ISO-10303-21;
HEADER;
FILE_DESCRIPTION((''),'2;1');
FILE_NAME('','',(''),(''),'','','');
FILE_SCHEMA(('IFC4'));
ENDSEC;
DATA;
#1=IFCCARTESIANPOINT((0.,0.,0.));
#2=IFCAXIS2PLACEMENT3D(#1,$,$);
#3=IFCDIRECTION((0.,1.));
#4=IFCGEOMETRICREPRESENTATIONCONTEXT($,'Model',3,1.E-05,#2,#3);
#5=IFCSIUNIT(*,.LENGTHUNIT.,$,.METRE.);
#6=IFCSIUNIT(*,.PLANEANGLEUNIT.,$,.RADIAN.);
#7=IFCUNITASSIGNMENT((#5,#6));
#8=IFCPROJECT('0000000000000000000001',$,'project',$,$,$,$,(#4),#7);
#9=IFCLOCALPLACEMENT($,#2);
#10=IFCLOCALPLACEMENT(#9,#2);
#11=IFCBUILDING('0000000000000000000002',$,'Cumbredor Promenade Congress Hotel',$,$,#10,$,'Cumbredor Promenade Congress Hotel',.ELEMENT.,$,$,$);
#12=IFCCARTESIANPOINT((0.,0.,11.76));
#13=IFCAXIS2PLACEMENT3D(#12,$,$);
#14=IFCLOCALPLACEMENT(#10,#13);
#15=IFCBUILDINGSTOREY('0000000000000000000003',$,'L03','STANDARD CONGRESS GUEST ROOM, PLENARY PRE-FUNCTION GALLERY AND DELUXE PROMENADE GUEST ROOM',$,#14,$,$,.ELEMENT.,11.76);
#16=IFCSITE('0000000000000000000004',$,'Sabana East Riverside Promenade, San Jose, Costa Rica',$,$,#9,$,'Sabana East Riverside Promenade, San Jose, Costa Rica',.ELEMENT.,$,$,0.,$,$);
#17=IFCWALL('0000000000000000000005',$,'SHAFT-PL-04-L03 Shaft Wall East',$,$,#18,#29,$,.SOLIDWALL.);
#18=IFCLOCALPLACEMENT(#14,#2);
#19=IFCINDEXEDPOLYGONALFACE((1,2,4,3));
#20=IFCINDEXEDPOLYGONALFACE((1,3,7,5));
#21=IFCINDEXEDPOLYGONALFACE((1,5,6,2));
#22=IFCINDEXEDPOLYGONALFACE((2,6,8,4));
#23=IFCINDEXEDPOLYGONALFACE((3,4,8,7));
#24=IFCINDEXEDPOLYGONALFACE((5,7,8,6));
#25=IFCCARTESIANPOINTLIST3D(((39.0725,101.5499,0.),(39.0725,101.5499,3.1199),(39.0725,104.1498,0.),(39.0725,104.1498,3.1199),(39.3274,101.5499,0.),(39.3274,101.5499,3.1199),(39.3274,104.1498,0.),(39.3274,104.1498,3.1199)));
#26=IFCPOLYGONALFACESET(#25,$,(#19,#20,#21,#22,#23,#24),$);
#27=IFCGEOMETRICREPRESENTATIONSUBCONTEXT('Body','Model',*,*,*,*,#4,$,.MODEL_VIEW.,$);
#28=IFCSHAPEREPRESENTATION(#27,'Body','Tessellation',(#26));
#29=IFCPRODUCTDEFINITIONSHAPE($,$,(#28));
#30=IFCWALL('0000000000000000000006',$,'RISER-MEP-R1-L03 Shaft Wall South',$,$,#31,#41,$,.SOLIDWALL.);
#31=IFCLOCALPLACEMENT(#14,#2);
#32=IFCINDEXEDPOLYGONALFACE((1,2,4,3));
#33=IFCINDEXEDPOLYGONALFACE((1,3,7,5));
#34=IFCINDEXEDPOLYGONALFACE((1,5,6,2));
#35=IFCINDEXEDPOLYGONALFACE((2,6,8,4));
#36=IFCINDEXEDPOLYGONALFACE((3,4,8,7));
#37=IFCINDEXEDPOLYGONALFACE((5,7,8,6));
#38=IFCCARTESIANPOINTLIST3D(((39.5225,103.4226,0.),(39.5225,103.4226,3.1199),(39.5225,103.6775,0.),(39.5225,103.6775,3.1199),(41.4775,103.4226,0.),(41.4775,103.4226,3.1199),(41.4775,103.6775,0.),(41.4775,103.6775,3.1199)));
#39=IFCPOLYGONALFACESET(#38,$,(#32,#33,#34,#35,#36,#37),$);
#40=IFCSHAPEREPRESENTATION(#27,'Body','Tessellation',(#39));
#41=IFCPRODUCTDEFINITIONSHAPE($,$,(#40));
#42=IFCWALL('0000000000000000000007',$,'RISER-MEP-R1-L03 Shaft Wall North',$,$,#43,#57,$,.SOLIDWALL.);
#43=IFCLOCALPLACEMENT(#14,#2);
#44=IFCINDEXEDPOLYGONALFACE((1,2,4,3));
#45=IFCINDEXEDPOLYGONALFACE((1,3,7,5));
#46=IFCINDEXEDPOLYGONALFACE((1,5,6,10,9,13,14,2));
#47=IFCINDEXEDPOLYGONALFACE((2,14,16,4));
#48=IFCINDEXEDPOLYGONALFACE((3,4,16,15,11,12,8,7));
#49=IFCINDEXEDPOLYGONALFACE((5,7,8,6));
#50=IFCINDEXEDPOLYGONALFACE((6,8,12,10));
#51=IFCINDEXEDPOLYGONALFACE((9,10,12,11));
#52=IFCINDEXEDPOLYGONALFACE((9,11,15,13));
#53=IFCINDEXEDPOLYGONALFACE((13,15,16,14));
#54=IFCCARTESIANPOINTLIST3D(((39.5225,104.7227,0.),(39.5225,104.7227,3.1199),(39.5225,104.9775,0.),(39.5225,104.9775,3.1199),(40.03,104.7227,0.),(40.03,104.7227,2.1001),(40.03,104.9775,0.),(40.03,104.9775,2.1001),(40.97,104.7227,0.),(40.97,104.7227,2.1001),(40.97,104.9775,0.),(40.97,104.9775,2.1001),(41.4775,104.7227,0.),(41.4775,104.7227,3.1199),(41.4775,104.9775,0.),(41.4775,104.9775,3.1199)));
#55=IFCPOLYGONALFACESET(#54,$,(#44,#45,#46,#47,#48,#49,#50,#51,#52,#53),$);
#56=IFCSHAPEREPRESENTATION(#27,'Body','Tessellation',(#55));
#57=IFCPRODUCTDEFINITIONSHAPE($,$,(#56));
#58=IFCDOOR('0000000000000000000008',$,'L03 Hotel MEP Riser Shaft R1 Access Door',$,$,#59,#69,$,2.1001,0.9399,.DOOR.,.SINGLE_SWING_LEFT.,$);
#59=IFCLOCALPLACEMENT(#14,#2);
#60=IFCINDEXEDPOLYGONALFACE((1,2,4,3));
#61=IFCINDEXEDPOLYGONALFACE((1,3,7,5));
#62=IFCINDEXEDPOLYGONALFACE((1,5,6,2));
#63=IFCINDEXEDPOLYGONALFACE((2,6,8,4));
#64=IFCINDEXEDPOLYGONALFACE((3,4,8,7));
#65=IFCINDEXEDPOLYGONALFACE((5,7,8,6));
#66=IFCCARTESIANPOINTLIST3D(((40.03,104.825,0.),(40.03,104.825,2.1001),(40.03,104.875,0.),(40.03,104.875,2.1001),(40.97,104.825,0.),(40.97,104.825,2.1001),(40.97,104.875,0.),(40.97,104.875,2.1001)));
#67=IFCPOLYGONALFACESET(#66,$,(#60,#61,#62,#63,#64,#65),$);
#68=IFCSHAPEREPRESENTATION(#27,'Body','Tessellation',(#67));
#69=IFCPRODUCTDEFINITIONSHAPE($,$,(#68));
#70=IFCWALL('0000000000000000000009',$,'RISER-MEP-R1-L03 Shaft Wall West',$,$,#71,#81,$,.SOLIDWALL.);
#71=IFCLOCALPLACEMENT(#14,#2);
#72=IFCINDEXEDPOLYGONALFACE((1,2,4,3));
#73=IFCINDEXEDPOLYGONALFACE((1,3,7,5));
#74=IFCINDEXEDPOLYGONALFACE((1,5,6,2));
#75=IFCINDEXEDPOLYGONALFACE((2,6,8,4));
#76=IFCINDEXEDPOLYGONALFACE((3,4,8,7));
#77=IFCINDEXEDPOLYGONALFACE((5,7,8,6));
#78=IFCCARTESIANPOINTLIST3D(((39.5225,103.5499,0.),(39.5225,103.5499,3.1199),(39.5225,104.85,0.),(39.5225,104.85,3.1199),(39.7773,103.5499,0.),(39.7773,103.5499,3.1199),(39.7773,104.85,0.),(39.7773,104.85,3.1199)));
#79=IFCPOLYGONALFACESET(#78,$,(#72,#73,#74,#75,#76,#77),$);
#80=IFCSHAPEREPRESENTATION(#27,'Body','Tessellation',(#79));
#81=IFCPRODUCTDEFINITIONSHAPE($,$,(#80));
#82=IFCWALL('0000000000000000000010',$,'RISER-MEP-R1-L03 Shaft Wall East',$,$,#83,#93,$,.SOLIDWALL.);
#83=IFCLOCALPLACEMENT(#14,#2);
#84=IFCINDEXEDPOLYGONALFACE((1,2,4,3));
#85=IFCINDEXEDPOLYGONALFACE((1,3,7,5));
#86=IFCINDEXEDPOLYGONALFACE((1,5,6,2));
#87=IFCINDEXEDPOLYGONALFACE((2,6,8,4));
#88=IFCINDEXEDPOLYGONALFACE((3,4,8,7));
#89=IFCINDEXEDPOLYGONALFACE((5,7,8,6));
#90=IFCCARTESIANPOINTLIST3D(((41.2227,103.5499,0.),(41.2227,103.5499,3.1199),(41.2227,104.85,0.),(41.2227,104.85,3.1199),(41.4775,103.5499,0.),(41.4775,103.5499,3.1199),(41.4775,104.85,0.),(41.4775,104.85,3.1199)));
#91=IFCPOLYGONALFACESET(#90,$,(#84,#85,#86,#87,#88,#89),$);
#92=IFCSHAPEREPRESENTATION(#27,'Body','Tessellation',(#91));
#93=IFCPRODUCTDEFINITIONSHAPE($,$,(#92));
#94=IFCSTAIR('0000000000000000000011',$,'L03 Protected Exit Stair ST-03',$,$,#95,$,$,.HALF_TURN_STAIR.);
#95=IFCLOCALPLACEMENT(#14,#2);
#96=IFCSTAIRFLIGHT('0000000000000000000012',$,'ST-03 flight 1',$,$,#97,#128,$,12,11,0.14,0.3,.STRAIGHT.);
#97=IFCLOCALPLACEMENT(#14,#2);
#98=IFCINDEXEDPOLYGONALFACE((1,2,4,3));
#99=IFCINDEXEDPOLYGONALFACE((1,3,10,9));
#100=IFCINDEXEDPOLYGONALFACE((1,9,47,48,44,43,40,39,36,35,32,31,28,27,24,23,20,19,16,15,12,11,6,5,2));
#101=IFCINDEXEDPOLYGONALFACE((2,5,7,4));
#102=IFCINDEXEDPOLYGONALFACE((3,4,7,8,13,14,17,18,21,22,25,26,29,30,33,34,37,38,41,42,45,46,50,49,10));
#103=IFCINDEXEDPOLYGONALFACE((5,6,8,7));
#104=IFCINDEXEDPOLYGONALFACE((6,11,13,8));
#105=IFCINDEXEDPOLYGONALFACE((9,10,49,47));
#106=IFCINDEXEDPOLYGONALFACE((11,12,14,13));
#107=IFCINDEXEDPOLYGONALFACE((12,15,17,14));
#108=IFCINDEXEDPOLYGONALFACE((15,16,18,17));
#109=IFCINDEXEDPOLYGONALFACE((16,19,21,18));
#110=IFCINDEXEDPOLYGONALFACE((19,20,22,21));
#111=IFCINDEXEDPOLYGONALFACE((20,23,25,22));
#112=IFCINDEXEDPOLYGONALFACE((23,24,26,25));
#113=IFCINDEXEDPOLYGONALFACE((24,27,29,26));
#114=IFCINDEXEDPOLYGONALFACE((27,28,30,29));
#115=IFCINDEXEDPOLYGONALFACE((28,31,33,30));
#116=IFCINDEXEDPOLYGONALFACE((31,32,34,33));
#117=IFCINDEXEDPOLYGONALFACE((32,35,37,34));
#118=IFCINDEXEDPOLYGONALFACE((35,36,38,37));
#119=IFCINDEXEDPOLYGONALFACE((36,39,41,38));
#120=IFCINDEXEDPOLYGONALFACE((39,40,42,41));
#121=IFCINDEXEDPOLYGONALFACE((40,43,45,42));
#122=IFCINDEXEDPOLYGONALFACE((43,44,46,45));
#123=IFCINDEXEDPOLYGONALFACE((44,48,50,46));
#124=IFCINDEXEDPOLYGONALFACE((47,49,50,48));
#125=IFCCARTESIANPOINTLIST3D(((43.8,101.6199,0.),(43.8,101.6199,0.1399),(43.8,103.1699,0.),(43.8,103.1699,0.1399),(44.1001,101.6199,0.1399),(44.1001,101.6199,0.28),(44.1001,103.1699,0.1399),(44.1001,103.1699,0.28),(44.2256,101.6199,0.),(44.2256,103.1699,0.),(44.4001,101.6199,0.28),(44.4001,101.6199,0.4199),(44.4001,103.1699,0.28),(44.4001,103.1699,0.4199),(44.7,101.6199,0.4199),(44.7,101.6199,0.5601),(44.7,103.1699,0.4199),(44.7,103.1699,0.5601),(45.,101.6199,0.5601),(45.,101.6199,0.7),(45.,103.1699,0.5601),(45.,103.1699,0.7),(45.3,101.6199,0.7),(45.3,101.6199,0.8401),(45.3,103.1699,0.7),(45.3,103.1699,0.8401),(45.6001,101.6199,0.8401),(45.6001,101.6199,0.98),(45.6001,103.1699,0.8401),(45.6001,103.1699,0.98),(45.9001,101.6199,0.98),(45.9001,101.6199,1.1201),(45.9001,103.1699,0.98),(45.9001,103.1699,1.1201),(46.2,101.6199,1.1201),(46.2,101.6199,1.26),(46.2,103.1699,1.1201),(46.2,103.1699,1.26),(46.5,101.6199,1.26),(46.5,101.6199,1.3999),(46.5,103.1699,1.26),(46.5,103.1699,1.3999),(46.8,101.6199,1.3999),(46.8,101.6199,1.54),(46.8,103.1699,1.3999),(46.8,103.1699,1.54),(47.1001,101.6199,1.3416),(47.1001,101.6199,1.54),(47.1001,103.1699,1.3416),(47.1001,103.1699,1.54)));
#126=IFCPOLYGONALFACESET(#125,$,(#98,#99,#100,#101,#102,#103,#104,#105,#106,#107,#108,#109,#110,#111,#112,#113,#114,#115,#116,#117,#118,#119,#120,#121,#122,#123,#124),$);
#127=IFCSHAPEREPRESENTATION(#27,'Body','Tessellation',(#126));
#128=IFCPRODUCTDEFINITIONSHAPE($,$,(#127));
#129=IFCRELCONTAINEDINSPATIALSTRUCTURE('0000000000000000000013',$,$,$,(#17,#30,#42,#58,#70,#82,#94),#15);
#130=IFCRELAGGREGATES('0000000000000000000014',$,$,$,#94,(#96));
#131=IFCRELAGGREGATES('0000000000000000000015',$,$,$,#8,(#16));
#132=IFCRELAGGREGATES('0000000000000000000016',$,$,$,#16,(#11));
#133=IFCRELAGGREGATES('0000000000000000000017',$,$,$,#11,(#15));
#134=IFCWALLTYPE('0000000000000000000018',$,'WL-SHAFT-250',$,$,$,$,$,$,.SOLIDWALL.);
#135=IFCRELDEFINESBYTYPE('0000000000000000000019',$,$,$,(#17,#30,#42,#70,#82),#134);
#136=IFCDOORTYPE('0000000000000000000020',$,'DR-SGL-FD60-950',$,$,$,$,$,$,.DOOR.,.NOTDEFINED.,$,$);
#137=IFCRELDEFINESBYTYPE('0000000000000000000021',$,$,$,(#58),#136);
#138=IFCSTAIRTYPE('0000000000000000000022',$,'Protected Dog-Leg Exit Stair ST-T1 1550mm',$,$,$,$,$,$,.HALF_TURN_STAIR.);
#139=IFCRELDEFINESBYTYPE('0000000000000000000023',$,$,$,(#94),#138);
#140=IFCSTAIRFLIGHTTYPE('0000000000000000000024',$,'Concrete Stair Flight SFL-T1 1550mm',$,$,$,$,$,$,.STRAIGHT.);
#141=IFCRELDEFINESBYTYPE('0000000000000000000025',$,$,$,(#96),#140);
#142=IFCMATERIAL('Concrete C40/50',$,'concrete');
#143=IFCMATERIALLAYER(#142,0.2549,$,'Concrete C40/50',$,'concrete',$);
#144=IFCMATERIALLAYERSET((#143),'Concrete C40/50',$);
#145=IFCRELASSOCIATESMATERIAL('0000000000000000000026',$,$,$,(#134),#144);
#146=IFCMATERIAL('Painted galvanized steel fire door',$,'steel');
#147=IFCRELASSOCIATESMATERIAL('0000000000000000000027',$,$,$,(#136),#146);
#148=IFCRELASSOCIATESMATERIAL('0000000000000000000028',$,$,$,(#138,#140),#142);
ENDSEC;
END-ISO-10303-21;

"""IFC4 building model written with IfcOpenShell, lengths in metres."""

from ifc_helpers import new_model, si_unit, direction, frame, frame_2d, origin, place, context, subcontext, project, spatial, polyline, rectangle, outline, extrude, material, layer, layer_set, type_object, element, fill, aggregate, save


model = new_model("IFC4")

# Units and contexts
model_context = context("Model", 3, precision=1e-05, world=origin(), true_north=direction((0.0, 1.0)))
body_context = subcontext(model_context, "Body", "Model", "MODEL_VIEW")
ifc_project = project(units=[si_unit("LENGTHUNIT", "METRE"), si_unit("PLANEANGLEUNIT", "RADIAN")], contexts=[model_context])

# Site, building, storey
site_placement = place(None, origin())
site = spatial("IfcSite", under=ifc_project, at=site_placement, Name="Sabana East Riverside Promenade, San Jose, Costa Rica", LongName="Sabana East Riverside Promenade, San Jose, Costa Rica", CompositionType="ELEMENT", RefElevation=0.0)
building_placement = place(site_placement, origin())
building = spatial("IfcBuilding", under=site, at=building_placement, Name="Cumbredor Promenade Congress Hotel", LongName="Cumbredor Promenade Congress Hotel", CompositionType="ELEMENT")
storey_placement = place(building_placement, frame((0.0, 0.0, 11.76)))
storey = spatial("IfcBuildingStorey", under=building, at=storey_placement, Name="L03", Description="STANDARD CONGRESS GUEST ROOM, PLENARY PRE-FUNCTION GALLERY AND DELUXE PROMENADE GUEST ROOM", CompositionType="ELEMENT", Elevation=11.76)

# Shared definitions
ifc_material_1 = material(Name="Concrete C40/50", Category="concrete")
ifc_layer = layer(ifc_material_1, 0.2549, Name="Concrete C40/50", Category="concrete")
ifc_layer_set = layer_set([ifc_layer], Name="Concrete C40/50")
wall_type = type_object("IfcWallType", Name="WL-SHAFT-250", PredefinedType="SOLIDWALL", material=ifc_layer_set)
ifc_material_2 = material(Name="Painted galvanized steel fire door", Category="steel")

# Walls
wall_1_placement = place(storey_placement, frame((39.2, 101.55, 0.0), z_axis=(0.0, 0.0, 1.0), x_axis=(0.0, 1.0, 0.0)))
element("IfcWall", 1, at=wall_1_placement, inside=storey, type_object=wall_type, Name="SHAFT-PL-04-L03 Shaft Wall East", PredefinedType="SOLIDWALL", context=body_context, shape_type="SweptSolid", body=[
    extrude(rectangle(XDim=2.5999, YDim=0.2549, at=frame_2d((1.2998, 0.0))), origin(), (0.0, 0.0, 1.0), 3.1199),
])
wall_2_placement = place(storey_placement, frame((39.5225, 103.55, 0.0), z_axis=(0.0, 0.0, 1.0), x_axis=(1.0, 0.0, 0.0)))
element("IfcWall", 2, at=wall_2_placement, inside=storey, type_object=wall_type, Name="RISER-MEP-R1-L03 Shaft Wall South", PredefinedType="SOLIDWALL", context=body_context, shape_type="SweptSolid", body=[
    extrude(rectangle(XDim=1.9551, YDim=0.2549, at=frame_2d((0.9775, 0.0))), origin(), (0.0, 0.0, 1.0), 3.1199),
])

# Wall, opening, door
wall_3_placement = place(storey_placement, frame((39.5225, 104.8501, 0.0), z_axis=(0.0, 0.0, 1.0), x_axis=(1.0, 0.0, 0.0)))
wall_3 = element("IfcWall", 3, at=wall_3_placement, inside=storey, type_object=wall_type, Name="RISER-MEP-R1-L03 Shaft Wall North", PredefinedType="SOLIDWALL", context=body_context, shape_type="SweptSolid", body=[
    extrude(rectangle(XDim=1.9551, YDim=0.2549, at=frame_2d((0.9775, 0.0))), origin(), (0.0, 0.0, 1.0), 3.1199),
])
opening_1_placement = place(wall_3_placement, frame((0.5076, 0.0, 0.0)))
opening_1 = element("IfcOpeningElement", 4, at=opening_1_placement, cuts=wall_3, PredefinedType="OPENING", context=body_context, shape_type="SweptSolid", body=[
    extrude(rectangle(XDim=0.9399, YDim=2.1001, at=frame_2d((0.47, 1.05))), frame((0.0, 0.1375, 0.0), z_axis=(0.0, -1.0, 0.0), x_axis=(1.0, 0.0, 0.0)), (0.0, 0.0, 1.0), 0.2749),
])
door_type_1 = type_object("IfcDoorType", Name="DR-SGL-FD60-950", OperationType="NOTDEFINED", PredefinedType="DOOR", material=ifc_material_2)
door_1_placement = place(opening_1_placement, origin())
door_1 = element("IfcDoor", 5, at=door_1_placement, inside=storey, type_object=door_type_1, Name="L03 Hotel MEP Riser Shaft R1 Access Door", OperationType="SINGLE_SWING_LEFT", OverallHeight=2.1001, OverallWidth=0.9399, PredefinedType="DOOR", context=body_context, shape_type="SweptSolid", body=[
    extrude(rectangle(XDim=0.9399, YDim=2.1001, at=frame_2d((0.47, 1.05))), frame((0.0, 0.0249, 0.0), z_axis=(0.0, -1.0, 0.0), x_axis=(1.0, 0.0, 0.0)), (0.0, 0.0, 1.0), 0.05),
])
fill(opening_1, door_1)

# Walls
for number, where, z_axis, x_axis, name in (
    (6, (39.6499, 103.55, 0.0), (0.0, 0.0, 1.0), (0.0, 1.0, 0.0), "RISER-MEP-R1-L03 Shaft Wall West"),
    (7, (41.3501, 103.55, 0.0), (0.0, 0.0, 1.0), (0.0, 1.0, 0.0), "RISER-MEP-R1-L03 Shaft Wall East"),
):
    element("IfcWall", number, at=place(storey_placement, frame(where, z_axis=z_axis, x_axis=x_axis)), inside=storey, type_object=wall_type, Name=name, PredefinedType="SOLIDWALL", context=body_context, shape_type="SweptSolid", body=[
        extrude(rectangle(XDim=1.3, YDim=0.2549, at=frame_2d((0.6499, 0.0))), origin(), (0.0, 0.0, 1.0), 3.1199),
    ])

# Stair, stair flight
stair_type = type_object("IfcStairType", Name="Protected Dog-Leg Exit Stair ST-T1 1550mm", PredefinedType="HALF_TURN_STAIR", material=ifc_material_1)
stair_placement = place(storey_placement, origin())
stair = element("IfcStair", 8, at=stair_placement, inside=storey, type_object=stair_type, Name="L03 Protected Exit Stair ST-03", PredefinedType="HALF_TURN_STAIR")
stair_flight_type = type_object("IfcStairFlightType", Name="Concrete Stair Flight SFL-T1 1550mm", PredefinedType="STRAIGHT", material=ifc_material_1)
stair_flight_placement = place(storey_placement, frame((43.8, 102.395, 0.0), z_axis=(0.0, 0.0, 1.0), x_axis=(1.0, 0.0, 0.0)))
stair_flight = element("IfcStairFlight", 9, at=stair_flight_placement, type_object=stair_flight_type, Name="ST-03 flight 1", NumberOfRisers=12, NumberOfTreads=11, PredefinedType="STRAIGHT", RiserHeight=0.14, TreadLength=0.3, context=body_context, shape_type="SweptSolid", body=[
    extrude(outline(polyline([(0.0, 0.0), (0.0, 0.1399), (0.3, 0.1399), (0.3, 0.28), (0.6001, 0.28), (0.6001, 0.4199), (0.8999, 0.4199), (0.8999, 0.5601), (1.2, 0.5601), (1.2, 0.7), (1.5, 0.7), (1.5, 0.8401), (1.8, 0.8401), (1.8, 0.98), (2.1001, 0.98), (2.1001, 1.1201), (2.3999, 1.1201), (2.3999, 1.26), (2.7, 1.26), (2.7, 1.3999), (3.0, 1.3999), (3.0, 1.54), (3.3, 1.54), (3.3, 1.6799), (3.3, 1.3416), (0.4255, 0.0), (0.0, 0.0)])), frame((0.0, 0.7749, 0.0), z_axis=(0.0, -1.0, 0.0), x_axis=(1.0, 0.0, 0.0)), (0.0, 0.0, 1.0), 1.55),
])
aggregate(stair, [stair_flight])

save(model, "model.ifc")
